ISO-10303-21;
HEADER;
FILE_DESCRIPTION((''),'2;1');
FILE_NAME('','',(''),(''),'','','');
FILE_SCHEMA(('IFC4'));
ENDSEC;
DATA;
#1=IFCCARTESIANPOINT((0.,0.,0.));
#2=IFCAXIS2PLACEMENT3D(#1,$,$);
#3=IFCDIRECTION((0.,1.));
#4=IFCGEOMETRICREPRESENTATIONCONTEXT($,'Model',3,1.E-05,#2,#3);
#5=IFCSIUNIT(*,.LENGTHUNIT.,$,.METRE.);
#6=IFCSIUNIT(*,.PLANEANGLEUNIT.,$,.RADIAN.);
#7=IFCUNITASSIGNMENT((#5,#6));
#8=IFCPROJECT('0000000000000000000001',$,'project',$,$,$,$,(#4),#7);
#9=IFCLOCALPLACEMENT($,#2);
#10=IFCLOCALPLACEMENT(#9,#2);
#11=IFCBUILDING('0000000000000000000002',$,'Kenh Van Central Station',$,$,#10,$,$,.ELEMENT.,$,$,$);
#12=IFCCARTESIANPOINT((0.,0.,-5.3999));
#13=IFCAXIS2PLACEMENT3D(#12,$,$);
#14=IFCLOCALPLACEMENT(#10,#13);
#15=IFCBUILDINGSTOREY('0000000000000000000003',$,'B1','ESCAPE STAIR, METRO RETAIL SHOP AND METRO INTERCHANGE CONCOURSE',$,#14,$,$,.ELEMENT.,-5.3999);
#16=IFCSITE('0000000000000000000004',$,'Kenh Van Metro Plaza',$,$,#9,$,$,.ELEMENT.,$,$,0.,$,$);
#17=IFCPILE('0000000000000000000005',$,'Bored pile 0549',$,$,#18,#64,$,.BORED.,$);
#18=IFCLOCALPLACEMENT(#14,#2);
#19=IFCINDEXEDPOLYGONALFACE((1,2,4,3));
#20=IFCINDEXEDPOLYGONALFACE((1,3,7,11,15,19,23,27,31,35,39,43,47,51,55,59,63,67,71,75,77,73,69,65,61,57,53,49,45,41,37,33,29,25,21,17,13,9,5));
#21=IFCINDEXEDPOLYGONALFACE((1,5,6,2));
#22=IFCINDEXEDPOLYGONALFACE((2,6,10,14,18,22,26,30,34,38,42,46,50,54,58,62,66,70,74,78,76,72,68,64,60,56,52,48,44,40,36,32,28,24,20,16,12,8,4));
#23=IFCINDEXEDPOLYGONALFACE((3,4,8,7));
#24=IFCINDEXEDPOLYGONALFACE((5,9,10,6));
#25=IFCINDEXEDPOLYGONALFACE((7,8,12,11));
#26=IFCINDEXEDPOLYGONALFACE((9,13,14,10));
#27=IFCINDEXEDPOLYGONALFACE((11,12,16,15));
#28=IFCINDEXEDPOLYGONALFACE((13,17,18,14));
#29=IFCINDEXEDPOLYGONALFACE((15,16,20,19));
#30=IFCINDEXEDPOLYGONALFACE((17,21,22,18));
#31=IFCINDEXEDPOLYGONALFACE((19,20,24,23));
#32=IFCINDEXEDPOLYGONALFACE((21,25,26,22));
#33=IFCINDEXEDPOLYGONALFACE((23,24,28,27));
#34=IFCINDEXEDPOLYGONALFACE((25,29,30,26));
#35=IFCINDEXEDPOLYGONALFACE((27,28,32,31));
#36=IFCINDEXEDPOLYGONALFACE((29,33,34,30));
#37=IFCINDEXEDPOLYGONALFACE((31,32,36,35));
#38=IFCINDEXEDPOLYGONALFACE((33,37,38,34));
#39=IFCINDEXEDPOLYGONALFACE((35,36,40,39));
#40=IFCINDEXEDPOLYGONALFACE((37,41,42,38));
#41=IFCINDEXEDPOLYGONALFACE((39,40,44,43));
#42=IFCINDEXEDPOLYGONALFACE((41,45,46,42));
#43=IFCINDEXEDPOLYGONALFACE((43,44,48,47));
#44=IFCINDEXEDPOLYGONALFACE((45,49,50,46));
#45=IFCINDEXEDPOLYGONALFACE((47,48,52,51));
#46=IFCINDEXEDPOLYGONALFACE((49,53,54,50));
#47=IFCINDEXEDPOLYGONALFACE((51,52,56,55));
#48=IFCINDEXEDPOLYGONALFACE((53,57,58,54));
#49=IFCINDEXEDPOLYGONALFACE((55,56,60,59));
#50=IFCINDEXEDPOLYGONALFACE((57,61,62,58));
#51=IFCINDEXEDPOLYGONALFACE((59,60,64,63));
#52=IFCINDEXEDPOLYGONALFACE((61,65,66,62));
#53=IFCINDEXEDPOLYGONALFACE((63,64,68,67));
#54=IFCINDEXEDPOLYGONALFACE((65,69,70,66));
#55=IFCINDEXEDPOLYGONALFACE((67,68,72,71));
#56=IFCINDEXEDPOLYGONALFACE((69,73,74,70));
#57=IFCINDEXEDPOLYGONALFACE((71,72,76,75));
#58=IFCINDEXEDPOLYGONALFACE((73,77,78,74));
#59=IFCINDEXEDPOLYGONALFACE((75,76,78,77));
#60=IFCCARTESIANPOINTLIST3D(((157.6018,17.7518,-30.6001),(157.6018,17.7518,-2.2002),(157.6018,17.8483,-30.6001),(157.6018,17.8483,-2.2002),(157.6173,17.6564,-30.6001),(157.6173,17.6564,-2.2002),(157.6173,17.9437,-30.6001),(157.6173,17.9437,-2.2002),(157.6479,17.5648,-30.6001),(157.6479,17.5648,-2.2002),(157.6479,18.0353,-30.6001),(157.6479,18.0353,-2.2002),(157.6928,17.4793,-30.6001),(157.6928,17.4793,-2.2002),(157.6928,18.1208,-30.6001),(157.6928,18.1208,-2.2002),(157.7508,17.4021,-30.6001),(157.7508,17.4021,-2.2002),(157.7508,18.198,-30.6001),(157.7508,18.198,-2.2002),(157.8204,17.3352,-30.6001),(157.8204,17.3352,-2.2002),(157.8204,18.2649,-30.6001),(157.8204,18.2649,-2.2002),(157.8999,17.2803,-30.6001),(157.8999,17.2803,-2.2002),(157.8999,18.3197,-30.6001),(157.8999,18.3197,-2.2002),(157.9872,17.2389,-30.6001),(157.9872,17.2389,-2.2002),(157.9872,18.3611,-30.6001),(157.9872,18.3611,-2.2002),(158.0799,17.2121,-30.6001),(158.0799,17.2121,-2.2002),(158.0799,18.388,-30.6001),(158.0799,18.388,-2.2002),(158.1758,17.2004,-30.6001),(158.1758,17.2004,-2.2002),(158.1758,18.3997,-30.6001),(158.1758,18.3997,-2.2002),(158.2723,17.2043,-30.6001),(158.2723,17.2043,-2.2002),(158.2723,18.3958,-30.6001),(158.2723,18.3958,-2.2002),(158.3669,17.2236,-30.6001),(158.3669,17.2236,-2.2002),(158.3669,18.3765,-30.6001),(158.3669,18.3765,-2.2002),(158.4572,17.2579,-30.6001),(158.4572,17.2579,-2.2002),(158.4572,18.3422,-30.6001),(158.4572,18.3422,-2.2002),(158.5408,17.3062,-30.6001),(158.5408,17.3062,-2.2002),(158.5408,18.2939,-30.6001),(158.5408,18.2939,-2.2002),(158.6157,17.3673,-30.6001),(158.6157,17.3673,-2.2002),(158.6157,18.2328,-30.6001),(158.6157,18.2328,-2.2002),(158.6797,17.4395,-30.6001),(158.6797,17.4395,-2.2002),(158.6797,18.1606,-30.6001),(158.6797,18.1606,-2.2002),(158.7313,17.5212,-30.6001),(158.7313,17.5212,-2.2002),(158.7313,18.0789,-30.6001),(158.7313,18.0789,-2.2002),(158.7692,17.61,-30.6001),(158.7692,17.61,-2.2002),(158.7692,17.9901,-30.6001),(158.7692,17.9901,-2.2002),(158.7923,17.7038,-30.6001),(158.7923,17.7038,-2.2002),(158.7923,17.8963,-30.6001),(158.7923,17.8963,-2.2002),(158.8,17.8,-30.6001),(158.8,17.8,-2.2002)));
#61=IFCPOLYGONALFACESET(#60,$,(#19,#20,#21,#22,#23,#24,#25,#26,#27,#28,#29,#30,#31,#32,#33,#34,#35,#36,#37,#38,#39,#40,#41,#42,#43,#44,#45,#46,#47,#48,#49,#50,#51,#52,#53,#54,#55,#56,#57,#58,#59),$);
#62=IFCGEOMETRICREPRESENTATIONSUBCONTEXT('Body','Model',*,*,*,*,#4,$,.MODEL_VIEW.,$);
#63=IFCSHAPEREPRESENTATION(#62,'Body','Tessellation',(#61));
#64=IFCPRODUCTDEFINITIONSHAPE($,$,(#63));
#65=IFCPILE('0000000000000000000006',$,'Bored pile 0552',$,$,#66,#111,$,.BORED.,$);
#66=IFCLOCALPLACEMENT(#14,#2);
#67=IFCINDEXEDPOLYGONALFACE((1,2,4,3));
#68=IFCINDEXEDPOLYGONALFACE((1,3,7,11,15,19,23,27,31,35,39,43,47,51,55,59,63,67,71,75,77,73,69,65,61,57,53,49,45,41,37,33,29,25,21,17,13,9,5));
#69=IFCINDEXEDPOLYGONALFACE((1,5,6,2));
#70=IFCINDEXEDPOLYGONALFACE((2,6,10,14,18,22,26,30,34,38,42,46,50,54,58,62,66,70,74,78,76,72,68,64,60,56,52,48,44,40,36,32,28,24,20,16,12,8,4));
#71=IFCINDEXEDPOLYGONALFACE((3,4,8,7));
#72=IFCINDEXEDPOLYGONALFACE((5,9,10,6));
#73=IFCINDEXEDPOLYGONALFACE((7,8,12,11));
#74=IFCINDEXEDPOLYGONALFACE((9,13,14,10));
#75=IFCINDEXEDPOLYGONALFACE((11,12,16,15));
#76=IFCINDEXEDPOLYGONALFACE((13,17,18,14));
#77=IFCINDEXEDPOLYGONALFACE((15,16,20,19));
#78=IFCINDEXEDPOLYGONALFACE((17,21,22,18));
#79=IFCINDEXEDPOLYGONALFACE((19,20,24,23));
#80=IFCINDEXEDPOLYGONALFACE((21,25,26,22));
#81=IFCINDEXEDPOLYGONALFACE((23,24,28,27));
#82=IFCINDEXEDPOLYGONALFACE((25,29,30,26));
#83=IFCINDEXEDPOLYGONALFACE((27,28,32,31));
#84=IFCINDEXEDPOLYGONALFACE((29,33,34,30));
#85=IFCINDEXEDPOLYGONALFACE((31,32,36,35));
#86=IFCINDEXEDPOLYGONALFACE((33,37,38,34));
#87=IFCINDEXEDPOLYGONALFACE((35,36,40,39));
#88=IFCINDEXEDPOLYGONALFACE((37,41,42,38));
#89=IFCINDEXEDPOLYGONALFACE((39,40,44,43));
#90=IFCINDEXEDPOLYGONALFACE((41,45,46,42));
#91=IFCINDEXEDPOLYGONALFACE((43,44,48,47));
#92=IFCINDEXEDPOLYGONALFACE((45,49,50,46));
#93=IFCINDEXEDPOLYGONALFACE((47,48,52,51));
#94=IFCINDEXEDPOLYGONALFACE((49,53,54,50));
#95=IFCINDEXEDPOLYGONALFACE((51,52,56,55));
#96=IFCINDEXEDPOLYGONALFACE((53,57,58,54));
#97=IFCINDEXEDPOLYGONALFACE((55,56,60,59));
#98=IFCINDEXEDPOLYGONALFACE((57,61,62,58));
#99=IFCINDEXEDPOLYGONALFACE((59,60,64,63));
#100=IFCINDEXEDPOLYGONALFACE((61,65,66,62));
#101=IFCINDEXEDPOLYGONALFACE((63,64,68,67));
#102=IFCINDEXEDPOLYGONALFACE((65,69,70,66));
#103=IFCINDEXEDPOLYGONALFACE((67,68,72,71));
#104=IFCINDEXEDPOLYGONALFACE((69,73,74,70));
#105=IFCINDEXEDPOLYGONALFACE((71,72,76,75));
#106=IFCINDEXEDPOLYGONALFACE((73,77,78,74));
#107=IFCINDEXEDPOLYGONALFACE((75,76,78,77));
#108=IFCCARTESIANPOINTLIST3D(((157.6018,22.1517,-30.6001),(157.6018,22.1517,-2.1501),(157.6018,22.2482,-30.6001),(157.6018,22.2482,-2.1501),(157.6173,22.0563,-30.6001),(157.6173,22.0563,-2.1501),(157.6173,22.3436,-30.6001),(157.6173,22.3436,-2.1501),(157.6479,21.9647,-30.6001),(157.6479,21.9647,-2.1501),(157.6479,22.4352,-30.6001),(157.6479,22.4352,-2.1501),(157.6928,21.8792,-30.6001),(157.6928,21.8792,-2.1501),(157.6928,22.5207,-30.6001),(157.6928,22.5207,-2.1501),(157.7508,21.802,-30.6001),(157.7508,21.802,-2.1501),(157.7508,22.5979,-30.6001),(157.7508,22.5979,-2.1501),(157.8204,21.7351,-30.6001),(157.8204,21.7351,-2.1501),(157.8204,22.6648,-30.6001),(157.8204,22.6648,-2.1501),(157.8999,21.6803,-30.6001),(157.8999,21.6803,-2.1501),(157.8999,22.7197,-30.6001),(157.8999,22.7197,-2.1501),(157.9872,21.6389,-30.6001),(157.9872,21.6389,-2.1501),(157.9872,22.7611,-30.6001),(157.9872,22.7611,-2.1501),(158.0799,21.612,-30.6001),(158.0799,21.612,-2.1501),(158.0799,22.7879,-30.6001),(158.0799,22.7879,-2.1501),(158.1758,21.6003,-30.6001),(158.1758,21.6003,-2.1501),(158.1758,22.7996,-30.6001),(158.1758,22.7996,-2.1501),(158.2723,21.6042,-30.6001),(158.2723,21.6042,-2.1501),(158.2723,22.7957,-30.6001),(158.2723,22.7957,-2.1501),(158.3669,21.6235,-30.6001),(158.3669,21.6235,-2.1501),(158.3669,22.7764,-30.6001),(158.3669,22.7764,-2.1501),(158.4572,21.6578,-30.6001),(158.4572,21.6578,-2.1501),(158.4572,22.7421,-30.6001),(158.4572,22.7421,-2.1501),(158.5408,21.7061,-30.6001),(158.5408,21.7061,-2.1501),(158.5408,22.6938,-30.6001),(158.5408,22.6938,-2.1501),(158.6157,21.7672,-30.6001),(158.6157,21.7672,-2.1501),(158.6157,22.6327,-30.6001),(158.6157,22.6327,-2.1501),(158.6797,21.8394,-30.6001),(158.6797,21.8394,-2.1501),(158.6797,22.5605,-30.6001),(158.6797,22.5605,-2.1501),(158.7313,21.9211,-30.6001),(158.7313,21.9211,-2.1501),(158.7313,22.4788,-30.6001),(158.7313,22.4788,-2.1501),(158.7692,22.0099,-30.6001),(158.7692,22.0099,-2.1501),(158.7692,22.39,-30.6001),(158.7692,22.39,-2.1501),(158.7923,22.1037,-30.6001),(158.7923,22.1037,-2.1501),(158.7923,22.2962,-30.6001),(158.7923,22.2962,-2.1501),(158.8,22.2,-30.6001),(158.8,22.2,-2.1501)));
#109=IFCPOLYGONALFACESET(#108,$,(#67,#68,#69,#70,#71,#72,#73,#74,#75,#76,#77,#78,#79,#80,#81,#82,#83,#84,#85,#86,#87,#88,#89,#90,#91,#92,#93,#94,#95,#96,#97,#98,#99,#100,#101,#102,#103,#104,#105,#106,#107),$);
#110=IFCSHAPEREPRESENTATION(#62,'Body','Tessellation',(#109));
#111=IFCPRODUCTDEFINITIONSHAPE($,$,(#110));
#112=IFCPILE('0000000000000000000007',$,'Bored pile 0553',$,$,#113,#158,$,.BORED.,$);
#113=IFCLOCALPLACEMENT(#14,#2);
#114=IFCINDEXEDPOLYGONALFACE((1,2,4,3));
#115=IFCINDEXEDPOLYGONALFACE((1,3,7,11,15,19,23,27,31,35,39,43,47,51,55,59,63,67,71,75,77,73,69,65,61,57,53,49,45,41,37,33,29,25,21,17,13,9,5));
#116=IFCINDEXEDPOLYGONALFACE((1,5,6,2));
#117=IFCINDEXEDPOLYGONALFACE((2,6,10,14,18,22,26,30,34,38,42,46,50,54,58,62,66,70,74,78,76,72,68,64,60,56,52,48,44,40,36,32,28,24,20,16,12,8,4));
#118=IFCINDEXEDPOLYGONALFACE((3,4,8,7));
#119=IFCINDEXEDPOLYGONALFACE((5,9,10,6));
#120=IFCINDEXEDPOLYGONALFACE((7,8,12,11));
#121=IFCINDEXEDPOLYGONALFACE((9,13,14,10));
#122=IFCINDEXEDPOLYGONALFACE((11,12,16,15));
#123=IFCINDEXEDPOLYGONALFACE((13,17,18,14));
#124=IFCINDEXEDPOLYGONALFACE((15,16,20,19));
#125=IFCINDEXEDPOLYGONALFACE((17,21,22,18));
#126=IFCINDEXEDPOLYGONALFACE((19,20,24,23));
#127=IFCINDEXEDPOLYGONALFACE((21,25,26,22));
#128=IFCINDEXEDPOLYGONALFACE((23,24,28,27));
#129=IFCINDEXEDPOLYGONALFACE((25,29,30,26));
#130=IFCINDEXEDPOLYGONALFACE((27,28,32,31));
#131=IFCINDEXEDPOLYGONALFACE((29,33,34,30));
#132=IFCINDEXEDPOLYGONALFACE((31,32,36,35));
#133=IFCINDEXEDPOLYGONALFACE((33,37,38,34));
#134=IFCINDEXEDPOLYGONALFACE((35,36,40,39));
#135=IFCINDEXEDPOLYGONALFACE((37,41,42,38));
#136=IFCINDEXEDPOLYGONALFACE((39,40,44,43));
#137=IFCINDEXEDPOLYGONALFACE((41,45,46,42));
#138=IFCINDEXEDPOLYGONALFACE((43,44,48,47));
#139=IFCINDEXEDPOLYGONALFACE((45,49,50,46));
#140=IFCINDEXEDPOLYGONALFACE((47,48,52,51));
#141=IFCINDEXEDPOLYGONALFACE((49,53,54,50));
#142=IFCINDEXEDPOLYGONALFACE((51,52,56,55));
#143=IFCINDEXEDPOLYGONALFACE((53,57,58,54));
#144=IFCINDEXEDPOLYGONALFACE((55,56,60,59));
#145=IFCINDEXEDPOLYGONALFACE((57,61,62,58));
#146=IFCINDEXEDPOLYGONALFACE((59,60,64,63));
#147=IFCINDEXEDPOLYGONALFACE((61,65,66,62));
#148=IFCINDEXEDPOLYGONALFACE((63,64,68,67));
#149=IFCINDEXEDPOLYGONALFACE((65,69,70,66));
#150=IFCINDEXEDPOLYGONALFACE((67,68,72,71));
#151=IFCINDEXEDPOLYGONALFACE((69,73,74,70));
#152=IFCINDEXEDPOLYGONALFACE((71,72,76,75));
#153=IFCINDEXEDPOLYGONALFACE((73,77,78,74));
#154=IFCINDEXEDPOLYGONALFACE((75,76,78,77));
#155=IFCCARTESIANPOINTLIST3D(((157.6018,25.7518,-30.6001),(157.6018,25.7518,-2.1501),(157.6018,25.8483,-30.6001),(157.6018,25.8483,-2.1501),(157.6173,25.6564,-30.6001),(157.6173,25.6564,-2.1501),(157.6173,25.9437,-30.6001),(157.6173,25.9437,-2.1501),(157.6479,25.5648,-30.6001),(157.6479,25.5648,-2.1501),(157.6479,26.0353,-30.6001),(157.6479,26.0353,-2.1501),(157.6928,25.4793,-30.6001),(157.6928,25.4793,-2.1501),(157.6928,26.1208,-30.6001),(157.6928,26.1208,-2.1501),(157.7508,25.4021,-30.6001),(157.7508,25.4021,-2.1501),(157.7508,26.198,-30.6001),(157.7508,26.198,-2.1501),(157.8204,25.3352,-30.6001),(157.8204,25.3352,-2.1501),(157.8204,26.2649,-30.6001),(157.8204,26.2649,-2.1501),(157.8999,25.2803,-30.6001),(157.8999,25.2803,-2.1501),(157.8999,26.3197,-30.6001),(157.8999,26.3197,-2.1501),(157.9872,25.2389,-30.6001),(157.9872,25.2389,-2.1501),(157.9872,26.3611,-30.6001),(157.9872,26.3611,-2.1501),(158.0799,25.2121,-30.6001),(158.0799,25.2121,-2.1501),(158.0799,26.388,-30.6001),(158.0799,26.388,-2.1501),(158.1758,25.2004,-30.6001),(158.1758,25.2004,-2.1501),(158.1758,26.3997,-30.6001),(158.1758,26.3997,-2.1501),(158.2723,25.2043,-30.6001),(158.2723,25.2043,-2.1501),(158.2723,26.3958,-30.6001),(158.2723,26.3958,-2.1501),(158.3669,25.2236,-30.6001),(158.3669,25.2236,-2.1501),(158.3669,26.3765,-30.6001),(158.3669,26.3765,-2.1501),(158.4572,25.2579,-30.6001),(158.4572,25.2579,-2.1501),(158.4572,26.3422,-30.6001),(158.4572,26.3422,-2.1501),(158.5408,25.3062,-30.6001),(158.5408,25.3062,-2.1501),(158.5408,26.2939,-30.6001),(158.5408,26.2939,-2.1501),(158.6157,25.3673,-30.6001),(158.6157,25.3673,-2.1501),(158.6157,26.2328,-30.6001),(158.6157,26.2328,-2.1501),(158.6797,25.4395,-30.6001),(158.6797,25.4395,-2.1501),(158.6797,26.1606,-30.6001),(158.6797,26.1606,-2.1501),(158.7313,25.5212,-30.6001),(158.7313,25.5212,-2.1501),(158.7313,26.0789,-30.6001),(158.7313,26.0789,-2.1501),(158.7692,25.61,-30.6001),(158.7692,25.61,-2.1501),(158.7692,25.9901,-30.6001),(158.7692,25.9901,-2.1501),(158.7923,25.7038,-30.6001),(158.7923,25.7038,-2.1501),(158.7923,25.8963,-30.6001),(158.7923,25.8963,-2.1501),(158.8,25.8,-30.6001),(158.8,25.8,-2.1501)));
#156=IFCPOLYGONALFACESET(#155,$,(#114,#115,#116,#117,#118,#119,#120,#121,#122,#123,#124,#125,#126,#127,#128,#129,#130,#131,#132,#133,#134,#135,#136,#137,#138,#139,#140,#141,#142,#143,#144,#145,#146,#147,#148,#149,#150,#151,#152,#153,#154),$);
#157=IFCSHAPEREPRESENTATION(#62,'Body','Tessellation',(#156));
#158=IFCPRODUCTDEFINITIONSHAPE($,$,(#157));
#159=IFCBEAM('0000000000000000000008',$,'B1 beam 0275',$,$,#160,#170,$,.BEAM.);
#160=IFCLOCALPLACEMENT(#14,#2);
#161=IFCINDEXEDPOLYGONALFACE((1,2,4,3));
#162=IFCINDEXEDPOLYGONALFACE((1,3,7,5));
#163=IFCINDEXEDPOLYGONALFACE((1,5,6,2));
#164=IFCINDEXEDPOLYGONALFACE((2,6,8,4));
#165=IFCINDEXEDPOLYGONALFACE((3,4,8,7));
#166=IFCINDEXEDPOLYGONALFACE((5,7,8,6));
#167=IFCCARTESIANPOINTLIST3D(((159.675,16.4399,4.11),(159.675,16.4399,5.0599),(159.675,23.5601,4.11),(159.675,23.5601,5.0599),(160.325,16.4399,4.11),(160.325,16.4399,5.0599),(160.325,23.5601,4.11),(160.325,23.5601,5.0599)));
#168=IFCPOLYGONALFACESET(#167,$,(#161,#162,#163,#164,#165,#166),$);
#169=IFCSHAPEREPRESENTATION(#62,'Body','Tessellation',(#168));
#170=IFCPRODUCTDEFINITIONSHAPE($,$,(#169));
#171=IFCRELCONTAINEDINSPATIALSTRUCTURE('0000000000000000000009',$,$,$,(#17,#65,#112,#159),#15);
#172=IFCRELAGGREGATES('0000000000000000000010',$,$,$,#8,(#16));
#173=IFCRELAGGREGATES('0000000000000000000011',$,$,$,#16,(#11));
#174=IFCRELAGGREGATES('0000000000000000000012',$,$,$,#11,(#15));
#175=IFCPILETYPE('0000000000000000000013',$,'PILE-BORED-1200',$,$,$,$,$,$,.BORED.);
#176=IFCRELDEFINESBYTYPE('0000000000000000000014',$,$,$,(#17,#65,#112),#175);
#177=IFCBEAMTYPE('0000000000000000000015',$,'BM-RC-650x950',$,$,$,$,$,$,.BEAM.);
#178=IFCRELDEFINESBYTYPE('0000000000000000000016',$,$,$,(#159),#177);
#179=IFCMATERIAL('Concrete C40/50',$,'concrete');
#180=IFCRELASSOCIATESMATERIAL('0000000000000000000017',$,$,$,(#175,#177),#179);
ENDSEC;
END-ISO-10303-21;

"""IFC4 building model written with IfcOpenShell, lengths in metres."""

from ifc_helpers import new_model, si_unit, direction, frame, origin, origin_2d, place, context, subcontext, project, spatial, rectangle, circle, extrude, material, material_profile, profile_set, type_object, element, save


model = new_model("IFC4")

# Units and contexts
model_context = context("Model", 3, precision=1e-05, world=origin(), true_north=direction((0.0, 1.0)))
body_context = subcontext(model_context, "Body", "Model", "MODEL_VIEW")
ifc_project = project(units=[si_unit("LENGTHUNIT", "METRE"), si_unit("PLANEANGLEUNIT", "RADIAN")], contexts=[model_context])

# Site, building, storey
site_placement = place(None, origin())
site = spatial("IfcSite", under=ifc_project, at=site_placement, Name="Kenh Van Metro Plaza", CompositionType="ELEMENT", RefElevation=0.0)
building_placement = place(site_placement, origin())
building = spatial("IfcBuilding", under=site, at=building_placement, Name="Kenh Van Central Station", CompositionType="ELEMENT")
storey_placement = place(building_placement, frame((0.0, 0.0, -5.3999)))
storey = spatial("IfcBuildingStorey", under=building, at=storey_placement, Name="B1", Description="ESCAPE STAIR, METRO RETAIL SHOP AND METRO INTERCHANGE CONCOURSE", CompositionType="ELEMENT", Elevation=-5.3999)

# Shared definitions
ifc_material_1 = material(Name="Concrete C40/50", Category="concrete")

# Piles
ifc_material_profile_1 = material_profile(ifc_material_1, circle(Radius=0.6001, at=origin_2d()), Name="PILE D1200")
ifc_profile_set_1 = profile_set([ifc_material_profile_1], Name="Concrete C40/50")
pile_type = type_object("IfcPileType", Name="PILE-BORED-1200", PredefinedType="BORED", material=ifc_profile_set_1)
for number, where, z_axis, x_axis, name in (
    (1, (158.2, 17.8, -2.2002), (0.0, 0.0, -1.0), (1.0, 0.0, 0.0), "Bored pile 0549"),
):
    element("IfcPile", number, at=place(storey_placement, frame(where, z_axis=z_axis, x_axis=x_axis)), inside=storey, type_object=pile_type, Name=name, PredefinedType="BORED", context=body_context, shape_type="SweptSolid", body=[
        extrude(circle(Radius=0.6001, at=origin_2d()), origin(), (0.0, 0.0, 1.0), 28.3999),
    ])
for number, where, z_axis, x_axis, name in (
    (2, (158.2, 22.2, -2.1501), (0.0, 0.0, -1.0), (1.0, 0.0, 0.0), "Bored pile 0552"),
    (3, (158.2, 25.8, -2.1501), (0.0, 0.0, -1.0), (1.0, 0.0, 0.0), "Bored pile 0553"),
):
    element("IfcPile", number, at=place(storey_placement, frame(where, z_axis=z_axis, x_axis=x_axis)), inside=storey, type_object=pile_type, Name=name, PredefinedType="BORED", context=body_context, shape_type="SweptSolid", body=[
        extrude(circle(Radius=0.6001, at=origin_2d()), origin(), (0.0, 0.0, 1.0), 28.45),
    ])

# Beam
ifc_material_profile_2 = material_profile(ifc_material_1, rectangle(XDim=0.6499, YDim=0.95, at=origin_2d()), Name="RC 650x950")
ifc_profile_set_2 = profile_set([ifc_material_profile_2], Name="Concrete C40/50")
beam_type = type_object("IfcBeamType", Name="BM-RC-650x950", PredefinedType="BEAM", material=ifc_profile_set_2)
beam_placement = place(storey_placement, frame((160.0, 16.4399, 4.585), z_axis=(0.0, 1.0, 0.0), x_axis=(-1.0, 0.0, 0.0)))
element("IfcBeam", 4, at=beam_placement, inside=storey, type_object=beam_type, Name="B1 beam 0275", PredefinedType="BEAM", context=body_context, shape_type="SweptSolid", body=[
    extrude(rectangle(XDim=0.6499, YDim=0.95, at=origin_2d()), origin(), (0.0, 0.0, 1.0), 7.1201),
])

save(model, "model.ifc")
